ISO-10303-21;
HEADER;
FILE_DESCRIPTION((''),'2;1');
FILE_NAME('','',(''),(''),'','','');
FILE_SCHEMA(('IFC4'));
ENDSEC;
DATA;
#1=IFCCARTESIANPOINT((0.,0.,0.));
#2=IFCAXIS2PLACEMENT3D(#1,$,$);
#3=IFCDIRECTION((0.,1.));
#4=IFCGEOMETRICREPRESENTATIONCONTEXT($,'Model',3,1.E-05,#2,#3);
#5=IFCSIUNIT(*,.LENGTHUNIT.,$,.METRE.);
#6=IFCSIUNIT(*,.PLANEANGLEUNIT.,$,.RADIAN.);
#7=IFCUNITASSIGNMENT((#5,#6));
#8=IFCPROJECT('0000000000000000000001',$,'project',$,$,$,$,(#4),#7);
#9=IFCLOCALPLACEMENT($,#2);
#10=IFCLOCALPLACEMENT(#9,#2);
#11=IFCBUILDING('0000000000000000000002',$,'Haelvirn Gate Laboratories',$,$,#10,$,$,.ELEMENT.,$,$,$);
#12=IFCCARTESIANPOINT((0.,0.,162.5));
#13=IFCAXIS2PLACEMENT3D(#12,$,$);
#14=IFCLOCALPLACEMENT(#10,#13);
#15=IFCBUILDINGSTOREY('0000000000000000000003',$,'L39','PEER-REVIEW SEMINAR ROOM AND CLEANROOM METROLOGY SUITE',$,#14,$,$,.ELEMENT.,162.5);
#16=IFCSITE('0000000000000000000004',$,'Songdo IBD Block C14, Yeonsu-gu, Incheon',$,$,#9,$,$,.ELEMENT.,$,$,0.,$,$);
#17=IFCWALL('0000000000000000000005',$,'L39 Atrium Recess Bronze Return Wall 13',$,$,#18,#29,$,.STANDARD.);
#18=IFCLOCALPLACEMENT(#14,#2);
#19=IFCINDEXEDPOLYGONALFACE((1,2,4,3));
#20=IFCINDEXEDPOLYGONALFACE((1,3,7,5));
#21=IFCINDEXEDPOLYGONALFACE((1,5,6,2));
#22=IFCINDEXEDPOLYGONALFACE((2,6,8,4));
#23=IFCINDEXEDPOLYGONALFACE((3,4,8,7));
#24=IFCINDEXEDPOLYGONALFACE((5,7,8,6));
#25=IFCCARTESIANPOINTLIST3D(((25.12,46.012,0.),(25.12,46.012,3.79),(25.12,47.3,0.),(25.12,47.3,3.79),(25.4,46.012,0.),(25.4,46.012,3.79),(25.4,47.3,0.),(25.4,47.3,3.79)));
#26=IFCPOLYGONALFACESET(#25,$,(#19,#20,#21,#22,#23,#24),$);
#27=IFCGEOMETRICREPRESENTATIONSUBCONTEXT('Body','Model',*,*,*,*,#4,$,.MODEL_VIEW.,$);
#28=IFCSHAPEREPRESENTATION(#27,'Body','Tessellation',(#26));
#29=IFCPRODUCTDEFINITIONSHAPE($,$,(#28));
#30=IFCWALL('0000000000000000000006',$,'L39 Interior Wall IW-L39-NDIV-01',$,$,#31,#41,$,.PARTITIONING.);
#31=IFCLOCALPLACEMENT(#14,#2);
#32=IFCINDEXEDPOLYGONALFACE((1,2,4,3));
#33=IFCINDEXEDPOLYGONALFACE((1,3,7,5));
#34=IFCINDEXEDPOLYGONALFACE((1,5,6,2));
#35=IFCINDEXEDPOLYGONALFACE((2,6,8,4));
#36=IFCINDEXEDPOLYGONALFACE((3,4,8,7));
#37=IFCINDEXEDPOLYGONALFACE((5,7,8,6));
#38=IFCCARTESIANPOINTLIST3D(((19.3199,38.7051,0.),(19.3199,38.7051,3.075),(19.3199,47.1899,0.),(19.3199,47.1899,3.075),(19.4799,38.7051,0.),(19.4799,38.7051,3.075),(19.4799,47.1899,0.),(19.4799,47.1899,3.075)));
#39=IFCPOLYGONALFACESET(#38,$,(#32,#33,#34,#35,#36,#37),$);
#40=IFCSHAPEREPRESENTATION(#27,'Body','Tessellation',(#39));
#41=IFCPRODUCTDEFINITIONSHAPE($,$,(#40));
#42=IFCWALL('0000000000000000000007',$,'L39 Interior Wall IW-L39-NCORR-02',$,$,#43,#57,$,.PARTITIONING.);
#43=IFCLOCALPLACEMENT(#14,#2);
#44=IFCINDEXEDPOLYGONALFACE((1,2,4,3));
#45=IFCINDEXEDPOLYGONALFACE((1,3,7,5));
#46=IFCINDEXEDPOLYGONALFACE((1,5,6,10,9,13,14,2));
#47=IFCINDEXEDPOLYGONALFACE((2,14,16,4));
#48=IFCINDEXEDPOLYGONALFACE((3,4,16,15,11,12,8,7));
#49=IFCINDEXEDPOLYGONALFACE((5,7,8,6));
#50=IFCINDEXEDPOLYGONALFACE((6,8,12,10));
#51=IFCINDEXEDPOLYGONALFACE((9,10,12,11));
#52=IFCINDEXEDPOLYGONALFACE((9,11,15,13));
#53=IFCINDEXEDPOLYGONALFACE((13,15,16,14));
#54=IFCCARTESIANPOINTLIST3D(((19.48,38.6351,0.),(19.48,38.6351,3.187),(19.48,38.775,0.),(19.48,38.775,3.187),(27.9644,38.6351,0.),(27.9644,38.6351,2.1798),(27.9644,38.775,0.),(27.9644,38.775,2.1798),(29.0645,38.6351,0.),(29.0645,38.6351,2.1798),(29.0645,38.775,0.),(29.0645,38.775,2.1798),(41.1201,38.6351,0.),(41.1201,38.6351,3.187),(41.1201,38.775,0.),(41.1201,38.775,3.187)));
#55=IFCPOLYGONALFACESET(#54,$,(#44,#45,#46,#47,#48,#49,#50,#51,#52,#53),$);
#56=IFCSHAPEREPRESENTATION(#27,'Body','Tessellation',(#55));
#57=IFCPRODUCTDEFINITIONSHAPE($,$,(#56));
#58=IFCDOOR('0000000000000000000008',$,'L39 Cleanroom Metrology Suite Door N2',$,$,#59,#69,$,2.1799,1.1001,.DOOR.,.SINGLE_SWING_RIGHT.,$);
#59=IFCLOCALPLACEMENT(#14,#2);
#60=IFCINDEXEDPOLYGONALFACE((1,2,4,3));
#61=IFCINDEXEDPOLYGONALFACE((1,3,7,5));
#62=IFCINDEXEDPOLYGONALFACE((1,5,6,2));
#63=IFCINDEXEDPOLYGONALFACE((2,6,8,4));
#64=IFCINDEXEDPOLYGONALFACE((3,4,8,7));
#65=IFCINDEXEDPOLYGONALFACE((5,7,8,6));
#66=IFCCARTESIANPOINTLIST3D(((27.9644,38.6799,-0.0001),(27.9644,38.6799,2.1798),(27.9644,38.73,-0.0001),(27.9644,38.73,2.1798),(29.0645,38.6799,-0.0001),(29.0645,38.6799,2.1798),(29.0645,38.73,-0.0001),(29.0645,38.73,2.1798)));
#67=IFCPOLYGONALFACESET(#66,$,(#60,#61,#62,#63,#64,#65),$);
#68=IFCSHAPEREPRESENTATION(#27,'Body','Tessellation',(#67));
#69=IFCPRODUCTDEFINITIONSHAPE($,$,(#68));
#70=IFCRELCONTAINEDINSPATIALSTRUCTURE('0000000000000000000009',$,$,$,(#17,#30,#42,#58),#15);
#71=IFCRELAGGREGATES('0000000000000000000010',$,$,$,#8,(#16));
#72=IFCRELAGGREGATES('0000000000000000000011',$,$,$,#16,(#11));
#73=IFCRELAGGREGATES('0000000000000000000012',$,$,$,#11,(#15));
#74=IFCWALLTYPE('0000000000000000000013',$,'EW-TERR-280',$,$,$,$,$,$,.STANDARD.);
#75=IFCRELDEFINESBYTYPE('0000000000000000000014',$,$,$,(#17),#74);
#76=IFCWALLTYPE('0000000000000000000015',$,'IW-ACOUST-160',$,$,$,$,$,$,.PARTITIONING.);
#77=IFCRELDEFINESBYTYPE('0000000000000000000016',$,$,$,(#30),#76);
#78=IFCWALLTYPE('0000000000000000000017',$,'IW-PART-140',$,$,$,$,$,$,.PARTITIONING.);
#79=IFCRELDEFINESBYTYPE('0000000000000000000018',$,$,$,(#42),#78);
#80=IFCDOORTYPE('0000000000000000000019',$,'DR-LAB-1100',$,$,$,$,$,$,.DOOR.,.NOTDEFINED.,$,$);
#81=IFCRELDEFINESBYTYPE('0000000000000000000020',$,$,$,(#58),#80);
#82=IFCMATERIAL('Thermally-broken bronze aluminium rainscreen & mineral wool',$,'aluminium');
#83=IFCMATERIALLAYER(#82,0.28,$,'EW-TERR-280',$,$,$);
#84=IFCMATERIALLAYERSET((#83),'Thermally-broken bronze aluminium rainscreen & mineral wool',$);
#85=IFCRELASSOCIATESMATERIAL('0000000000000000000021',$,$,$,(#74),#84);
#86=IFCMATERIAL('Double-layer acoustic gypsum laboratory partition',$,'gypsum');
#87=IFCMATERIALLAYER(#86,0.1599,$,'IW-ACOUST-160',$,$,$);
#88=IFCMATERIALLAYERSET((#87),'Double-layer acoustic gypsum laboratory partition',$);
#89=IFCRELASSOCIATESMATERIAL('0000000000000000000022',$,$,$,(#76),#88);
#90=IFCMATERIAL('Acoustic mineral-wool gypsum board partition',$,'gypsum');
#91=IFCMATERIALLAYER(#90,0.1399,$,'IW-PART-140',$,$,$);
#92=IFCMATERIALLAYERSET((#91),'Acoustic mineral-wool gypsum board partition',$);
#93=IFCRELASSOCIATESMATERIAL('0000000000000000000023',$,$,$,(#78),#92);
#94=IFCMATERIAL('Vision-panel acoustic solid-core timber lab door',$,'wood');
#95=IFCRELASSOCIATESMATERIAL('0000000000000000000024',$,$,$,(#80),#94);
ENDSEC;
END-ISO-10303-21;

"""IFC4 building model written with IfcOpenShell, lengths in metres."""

from ifc_helpers import new_model, si_unit, direction, frame, frame_2d, origin, place, context, subcontext, project, spatial, rectangle, extrude, source, transform, mapped, material, layer, layer_set, type_object, type_shapes, element, fill, save


model = new_model("IFC4")

# Units and contexts
model_context = context("Model", 3, precision=1e-05, world=origin(), true_north=direction((0.0, 1.0)))
body_context = subcontext(model_context, "Body", "Model", "MODEL_VIEW")
ifc_project = project(units=[si_unit("LENGTHUNIT", "METRE"), si_unit("PLANEANGLEUNIT", "RADIAN")], contexts=[model_context])

# Site, building, storey
site_placement = place(None, origin())
site = spatial("IfcSite", under=ifc_project, at=site_placement, Name="Songdo IBD Block C14, Yeonsu-gu, Incheon", CompositionType="ELEMENT", RefElevation=0.0)
building_placement = place(site_placement, origin())
building = spatial("IfcBuilding", under=site, at=building_placement, Name="Haelvirn Gate Laboratories", CompositionType="ELEMENT")
storey_placement = place(building_placement, frame((0.0, 0.0, 162.5)))
storey = spatial("IfcBuildingStorey", under=building, at=storey_placement, Name="L39", Description="PEER-REVIEW SEMINAR ROOM AND CLEANROOM METROLOGY SUITE", CompositionType="ELEMENT", Elevation=162.5)

# Walls
ifc_material_1 = material(Name="Thermally-broken bronze aluminium rainscreen & mineral wool", Category="aluminium")
ifc_layer_1 = layer(ifc_material_1, 0.28, Name="EW-TERR-280")
ifc_layer_set_1 = layer_set([ifc_layer_1], Name="Thermally-broken bronze aluminium rainscreen & mineral wool")
wall_type_1 = type_object("IfcWallType", Name="EW-TERR-280", PredefinedType="STANDARD", material=ifc_layer_set_1)
wall_1_placement = place(storey_placement, frame((25.26, 46.012, 0.0), z_axis=(0.0, 0.0, 1.0), x_axis=(0.0, 1.0, 0.0)))
element("IfcWall", 1, at=wall_1_placement, inside=storey, type_object=wall_type_1, Name="L39 Atrium Recess Bronze Return Wall 13", PredefinedType="STANDARD", context=body_context, shape_type="SweptSolid", body=[
    extrude(rectangle(XDim=1.2881, YDim=0.28, at=frame_2d((0.644, 0.0))), origin(), (0.0, 0.0, 1.0), 3.79),
])
ifc_material_2 = material(Name="Double-layer acoustic gypsum laboratory partition", Category="gypsum")
ifc_layer_2 = layer(ifc_material_2, 0.1599, Name="IW-ACOUST-160")
ifc_layer_set_2 = layer_set([ifc_layer_2], Name="Double-layer acoustic gypsum laboratory partition")
wall_type_2 = type_object("IfcWallType", Name="IW-ACOUST-160", PredefinedType="PARTITIONING", material=ifc_layer_set_2)
wall_2_placement = place(storey_placement, frame((19.3999, 38.7051, 0.0), z_axis=(0.0, 0.0, 1.0), x_axis=(0.0, 1.0, 0.0)))
element("IfcWall", 2, at=wall_2_placement, inside=storey, type_object=wall_type_2, Name="L39 Interior Wall IW-L39-NDIV-01", PredefinedType="PARTITIONING", context=body_context, shape_type="SweptSolid", body=[
    extrude(rectangle(XDim=8.4849, YDim=0.1599, at=frame_2d((4.2424, 0.0))), origin(), (0.0, 0.0, 1.0), 3.075),
])

# Wall, opening, door
ifc_material_3 = material(Name="Acoustic mineral-wool gypsum board partition", Category="gypsum")
ifc_layer_3 = layer(ifc_material_3, 0.1399, Name="IW-PART-140")
ifc_layer_set_3 = layer_set([ifc_layer_3], Name="Acoustic mineral-wool gypsum board partition")
wall_type_3 = type_object("IfcWallType", Name="IW-PART-140", PredefinedType="PARTITIONING", material=ifc_layer_set_3)
wall_3_placement = place(storey_placement, frame((19.48, 38.7051, 0.0), z_axis=(0.0, 0.0, 1.0), x_axis=(1.0, 0.0, 0.0)))
wall_3 = element("IfcWall", 3, at=wall_3_placement, inside=storey, type_object=wall_type_3, Name="L39 Interior Wall IW-L39-NCORR-02", PredefinedType="PARTITIONING", context=body_context, shape_type="SweptSolid", body=[
    extrude(rectangle(XDim=21.6401, YDim=0.1399, at=frame_2d((10.8201, 0.0))), origin(), (0.0, 0.0, 1.0), 3.187),
])
opening_placement = place(wall_3_placement, frame((8.4844, 0.0, 0.0)))
opening = element("IfcOpeningElement", 4, at=opening_placement, cuts=wall_3, PredefinedType="OPENING", context=body_context, shape_type="SweptSolid", body=[
    extrude(rectangle(XDim=1.1001, YDim=2.1799, at=frame_2d((0.55, 1.0898))), frame((0.0, 0.0801, 0.0), z_axis=(0.0, -1.0, 0.0), x_axis=(1.0, 0.0, 0.0)), (0.0, 0.0, 1.0), 0.1599),
])
ifc_material_4 = material(Name="Vision-panel acoustic solid-core timber lab door", Category="wood")
door_type = type_object("IfcDoorType", Name="DR-LAB-1100", OperationType="NOTDEFINED", PredefinedType="DOOR", material=ifc_material_4)
shared_shape_1 = source(origin(), body_context, "Body", "SweptSolid", [
    extrude(rectangle(XDim=1.1001, YDim=2.1799, at=frame_2d((0.55, 1.0898))), frame((0.0, 0.0249, 0.0), z_axis=(0.0, -1.0, 0.0), x_axis=(1.0, 0.0, 0.0)), (0.0, 0.0, 1.0), 0.05),
])
type_shapes(door_type, [shared_shape_1])
door_placement = place(opening_placement, origin())
door = element("IfcDoor", 5, at=door_placement, inside=storey, type_object=door_type, Name="L39 Cleanroom Metrology Suite Door N2", OperationType="SINGLE_SWING_RIGHT", OverallHeight=2.1799, OverallWidth=1.1001, PredefinedType="DOOR", context=body_context, shape_type="MappedRepresentation", body=[
    mapped(shared_shape_1, transform((0.0, 0.0, 0.0), scale=1.0)),
])
fill(opening, door)

save(model, "model.ifc")
